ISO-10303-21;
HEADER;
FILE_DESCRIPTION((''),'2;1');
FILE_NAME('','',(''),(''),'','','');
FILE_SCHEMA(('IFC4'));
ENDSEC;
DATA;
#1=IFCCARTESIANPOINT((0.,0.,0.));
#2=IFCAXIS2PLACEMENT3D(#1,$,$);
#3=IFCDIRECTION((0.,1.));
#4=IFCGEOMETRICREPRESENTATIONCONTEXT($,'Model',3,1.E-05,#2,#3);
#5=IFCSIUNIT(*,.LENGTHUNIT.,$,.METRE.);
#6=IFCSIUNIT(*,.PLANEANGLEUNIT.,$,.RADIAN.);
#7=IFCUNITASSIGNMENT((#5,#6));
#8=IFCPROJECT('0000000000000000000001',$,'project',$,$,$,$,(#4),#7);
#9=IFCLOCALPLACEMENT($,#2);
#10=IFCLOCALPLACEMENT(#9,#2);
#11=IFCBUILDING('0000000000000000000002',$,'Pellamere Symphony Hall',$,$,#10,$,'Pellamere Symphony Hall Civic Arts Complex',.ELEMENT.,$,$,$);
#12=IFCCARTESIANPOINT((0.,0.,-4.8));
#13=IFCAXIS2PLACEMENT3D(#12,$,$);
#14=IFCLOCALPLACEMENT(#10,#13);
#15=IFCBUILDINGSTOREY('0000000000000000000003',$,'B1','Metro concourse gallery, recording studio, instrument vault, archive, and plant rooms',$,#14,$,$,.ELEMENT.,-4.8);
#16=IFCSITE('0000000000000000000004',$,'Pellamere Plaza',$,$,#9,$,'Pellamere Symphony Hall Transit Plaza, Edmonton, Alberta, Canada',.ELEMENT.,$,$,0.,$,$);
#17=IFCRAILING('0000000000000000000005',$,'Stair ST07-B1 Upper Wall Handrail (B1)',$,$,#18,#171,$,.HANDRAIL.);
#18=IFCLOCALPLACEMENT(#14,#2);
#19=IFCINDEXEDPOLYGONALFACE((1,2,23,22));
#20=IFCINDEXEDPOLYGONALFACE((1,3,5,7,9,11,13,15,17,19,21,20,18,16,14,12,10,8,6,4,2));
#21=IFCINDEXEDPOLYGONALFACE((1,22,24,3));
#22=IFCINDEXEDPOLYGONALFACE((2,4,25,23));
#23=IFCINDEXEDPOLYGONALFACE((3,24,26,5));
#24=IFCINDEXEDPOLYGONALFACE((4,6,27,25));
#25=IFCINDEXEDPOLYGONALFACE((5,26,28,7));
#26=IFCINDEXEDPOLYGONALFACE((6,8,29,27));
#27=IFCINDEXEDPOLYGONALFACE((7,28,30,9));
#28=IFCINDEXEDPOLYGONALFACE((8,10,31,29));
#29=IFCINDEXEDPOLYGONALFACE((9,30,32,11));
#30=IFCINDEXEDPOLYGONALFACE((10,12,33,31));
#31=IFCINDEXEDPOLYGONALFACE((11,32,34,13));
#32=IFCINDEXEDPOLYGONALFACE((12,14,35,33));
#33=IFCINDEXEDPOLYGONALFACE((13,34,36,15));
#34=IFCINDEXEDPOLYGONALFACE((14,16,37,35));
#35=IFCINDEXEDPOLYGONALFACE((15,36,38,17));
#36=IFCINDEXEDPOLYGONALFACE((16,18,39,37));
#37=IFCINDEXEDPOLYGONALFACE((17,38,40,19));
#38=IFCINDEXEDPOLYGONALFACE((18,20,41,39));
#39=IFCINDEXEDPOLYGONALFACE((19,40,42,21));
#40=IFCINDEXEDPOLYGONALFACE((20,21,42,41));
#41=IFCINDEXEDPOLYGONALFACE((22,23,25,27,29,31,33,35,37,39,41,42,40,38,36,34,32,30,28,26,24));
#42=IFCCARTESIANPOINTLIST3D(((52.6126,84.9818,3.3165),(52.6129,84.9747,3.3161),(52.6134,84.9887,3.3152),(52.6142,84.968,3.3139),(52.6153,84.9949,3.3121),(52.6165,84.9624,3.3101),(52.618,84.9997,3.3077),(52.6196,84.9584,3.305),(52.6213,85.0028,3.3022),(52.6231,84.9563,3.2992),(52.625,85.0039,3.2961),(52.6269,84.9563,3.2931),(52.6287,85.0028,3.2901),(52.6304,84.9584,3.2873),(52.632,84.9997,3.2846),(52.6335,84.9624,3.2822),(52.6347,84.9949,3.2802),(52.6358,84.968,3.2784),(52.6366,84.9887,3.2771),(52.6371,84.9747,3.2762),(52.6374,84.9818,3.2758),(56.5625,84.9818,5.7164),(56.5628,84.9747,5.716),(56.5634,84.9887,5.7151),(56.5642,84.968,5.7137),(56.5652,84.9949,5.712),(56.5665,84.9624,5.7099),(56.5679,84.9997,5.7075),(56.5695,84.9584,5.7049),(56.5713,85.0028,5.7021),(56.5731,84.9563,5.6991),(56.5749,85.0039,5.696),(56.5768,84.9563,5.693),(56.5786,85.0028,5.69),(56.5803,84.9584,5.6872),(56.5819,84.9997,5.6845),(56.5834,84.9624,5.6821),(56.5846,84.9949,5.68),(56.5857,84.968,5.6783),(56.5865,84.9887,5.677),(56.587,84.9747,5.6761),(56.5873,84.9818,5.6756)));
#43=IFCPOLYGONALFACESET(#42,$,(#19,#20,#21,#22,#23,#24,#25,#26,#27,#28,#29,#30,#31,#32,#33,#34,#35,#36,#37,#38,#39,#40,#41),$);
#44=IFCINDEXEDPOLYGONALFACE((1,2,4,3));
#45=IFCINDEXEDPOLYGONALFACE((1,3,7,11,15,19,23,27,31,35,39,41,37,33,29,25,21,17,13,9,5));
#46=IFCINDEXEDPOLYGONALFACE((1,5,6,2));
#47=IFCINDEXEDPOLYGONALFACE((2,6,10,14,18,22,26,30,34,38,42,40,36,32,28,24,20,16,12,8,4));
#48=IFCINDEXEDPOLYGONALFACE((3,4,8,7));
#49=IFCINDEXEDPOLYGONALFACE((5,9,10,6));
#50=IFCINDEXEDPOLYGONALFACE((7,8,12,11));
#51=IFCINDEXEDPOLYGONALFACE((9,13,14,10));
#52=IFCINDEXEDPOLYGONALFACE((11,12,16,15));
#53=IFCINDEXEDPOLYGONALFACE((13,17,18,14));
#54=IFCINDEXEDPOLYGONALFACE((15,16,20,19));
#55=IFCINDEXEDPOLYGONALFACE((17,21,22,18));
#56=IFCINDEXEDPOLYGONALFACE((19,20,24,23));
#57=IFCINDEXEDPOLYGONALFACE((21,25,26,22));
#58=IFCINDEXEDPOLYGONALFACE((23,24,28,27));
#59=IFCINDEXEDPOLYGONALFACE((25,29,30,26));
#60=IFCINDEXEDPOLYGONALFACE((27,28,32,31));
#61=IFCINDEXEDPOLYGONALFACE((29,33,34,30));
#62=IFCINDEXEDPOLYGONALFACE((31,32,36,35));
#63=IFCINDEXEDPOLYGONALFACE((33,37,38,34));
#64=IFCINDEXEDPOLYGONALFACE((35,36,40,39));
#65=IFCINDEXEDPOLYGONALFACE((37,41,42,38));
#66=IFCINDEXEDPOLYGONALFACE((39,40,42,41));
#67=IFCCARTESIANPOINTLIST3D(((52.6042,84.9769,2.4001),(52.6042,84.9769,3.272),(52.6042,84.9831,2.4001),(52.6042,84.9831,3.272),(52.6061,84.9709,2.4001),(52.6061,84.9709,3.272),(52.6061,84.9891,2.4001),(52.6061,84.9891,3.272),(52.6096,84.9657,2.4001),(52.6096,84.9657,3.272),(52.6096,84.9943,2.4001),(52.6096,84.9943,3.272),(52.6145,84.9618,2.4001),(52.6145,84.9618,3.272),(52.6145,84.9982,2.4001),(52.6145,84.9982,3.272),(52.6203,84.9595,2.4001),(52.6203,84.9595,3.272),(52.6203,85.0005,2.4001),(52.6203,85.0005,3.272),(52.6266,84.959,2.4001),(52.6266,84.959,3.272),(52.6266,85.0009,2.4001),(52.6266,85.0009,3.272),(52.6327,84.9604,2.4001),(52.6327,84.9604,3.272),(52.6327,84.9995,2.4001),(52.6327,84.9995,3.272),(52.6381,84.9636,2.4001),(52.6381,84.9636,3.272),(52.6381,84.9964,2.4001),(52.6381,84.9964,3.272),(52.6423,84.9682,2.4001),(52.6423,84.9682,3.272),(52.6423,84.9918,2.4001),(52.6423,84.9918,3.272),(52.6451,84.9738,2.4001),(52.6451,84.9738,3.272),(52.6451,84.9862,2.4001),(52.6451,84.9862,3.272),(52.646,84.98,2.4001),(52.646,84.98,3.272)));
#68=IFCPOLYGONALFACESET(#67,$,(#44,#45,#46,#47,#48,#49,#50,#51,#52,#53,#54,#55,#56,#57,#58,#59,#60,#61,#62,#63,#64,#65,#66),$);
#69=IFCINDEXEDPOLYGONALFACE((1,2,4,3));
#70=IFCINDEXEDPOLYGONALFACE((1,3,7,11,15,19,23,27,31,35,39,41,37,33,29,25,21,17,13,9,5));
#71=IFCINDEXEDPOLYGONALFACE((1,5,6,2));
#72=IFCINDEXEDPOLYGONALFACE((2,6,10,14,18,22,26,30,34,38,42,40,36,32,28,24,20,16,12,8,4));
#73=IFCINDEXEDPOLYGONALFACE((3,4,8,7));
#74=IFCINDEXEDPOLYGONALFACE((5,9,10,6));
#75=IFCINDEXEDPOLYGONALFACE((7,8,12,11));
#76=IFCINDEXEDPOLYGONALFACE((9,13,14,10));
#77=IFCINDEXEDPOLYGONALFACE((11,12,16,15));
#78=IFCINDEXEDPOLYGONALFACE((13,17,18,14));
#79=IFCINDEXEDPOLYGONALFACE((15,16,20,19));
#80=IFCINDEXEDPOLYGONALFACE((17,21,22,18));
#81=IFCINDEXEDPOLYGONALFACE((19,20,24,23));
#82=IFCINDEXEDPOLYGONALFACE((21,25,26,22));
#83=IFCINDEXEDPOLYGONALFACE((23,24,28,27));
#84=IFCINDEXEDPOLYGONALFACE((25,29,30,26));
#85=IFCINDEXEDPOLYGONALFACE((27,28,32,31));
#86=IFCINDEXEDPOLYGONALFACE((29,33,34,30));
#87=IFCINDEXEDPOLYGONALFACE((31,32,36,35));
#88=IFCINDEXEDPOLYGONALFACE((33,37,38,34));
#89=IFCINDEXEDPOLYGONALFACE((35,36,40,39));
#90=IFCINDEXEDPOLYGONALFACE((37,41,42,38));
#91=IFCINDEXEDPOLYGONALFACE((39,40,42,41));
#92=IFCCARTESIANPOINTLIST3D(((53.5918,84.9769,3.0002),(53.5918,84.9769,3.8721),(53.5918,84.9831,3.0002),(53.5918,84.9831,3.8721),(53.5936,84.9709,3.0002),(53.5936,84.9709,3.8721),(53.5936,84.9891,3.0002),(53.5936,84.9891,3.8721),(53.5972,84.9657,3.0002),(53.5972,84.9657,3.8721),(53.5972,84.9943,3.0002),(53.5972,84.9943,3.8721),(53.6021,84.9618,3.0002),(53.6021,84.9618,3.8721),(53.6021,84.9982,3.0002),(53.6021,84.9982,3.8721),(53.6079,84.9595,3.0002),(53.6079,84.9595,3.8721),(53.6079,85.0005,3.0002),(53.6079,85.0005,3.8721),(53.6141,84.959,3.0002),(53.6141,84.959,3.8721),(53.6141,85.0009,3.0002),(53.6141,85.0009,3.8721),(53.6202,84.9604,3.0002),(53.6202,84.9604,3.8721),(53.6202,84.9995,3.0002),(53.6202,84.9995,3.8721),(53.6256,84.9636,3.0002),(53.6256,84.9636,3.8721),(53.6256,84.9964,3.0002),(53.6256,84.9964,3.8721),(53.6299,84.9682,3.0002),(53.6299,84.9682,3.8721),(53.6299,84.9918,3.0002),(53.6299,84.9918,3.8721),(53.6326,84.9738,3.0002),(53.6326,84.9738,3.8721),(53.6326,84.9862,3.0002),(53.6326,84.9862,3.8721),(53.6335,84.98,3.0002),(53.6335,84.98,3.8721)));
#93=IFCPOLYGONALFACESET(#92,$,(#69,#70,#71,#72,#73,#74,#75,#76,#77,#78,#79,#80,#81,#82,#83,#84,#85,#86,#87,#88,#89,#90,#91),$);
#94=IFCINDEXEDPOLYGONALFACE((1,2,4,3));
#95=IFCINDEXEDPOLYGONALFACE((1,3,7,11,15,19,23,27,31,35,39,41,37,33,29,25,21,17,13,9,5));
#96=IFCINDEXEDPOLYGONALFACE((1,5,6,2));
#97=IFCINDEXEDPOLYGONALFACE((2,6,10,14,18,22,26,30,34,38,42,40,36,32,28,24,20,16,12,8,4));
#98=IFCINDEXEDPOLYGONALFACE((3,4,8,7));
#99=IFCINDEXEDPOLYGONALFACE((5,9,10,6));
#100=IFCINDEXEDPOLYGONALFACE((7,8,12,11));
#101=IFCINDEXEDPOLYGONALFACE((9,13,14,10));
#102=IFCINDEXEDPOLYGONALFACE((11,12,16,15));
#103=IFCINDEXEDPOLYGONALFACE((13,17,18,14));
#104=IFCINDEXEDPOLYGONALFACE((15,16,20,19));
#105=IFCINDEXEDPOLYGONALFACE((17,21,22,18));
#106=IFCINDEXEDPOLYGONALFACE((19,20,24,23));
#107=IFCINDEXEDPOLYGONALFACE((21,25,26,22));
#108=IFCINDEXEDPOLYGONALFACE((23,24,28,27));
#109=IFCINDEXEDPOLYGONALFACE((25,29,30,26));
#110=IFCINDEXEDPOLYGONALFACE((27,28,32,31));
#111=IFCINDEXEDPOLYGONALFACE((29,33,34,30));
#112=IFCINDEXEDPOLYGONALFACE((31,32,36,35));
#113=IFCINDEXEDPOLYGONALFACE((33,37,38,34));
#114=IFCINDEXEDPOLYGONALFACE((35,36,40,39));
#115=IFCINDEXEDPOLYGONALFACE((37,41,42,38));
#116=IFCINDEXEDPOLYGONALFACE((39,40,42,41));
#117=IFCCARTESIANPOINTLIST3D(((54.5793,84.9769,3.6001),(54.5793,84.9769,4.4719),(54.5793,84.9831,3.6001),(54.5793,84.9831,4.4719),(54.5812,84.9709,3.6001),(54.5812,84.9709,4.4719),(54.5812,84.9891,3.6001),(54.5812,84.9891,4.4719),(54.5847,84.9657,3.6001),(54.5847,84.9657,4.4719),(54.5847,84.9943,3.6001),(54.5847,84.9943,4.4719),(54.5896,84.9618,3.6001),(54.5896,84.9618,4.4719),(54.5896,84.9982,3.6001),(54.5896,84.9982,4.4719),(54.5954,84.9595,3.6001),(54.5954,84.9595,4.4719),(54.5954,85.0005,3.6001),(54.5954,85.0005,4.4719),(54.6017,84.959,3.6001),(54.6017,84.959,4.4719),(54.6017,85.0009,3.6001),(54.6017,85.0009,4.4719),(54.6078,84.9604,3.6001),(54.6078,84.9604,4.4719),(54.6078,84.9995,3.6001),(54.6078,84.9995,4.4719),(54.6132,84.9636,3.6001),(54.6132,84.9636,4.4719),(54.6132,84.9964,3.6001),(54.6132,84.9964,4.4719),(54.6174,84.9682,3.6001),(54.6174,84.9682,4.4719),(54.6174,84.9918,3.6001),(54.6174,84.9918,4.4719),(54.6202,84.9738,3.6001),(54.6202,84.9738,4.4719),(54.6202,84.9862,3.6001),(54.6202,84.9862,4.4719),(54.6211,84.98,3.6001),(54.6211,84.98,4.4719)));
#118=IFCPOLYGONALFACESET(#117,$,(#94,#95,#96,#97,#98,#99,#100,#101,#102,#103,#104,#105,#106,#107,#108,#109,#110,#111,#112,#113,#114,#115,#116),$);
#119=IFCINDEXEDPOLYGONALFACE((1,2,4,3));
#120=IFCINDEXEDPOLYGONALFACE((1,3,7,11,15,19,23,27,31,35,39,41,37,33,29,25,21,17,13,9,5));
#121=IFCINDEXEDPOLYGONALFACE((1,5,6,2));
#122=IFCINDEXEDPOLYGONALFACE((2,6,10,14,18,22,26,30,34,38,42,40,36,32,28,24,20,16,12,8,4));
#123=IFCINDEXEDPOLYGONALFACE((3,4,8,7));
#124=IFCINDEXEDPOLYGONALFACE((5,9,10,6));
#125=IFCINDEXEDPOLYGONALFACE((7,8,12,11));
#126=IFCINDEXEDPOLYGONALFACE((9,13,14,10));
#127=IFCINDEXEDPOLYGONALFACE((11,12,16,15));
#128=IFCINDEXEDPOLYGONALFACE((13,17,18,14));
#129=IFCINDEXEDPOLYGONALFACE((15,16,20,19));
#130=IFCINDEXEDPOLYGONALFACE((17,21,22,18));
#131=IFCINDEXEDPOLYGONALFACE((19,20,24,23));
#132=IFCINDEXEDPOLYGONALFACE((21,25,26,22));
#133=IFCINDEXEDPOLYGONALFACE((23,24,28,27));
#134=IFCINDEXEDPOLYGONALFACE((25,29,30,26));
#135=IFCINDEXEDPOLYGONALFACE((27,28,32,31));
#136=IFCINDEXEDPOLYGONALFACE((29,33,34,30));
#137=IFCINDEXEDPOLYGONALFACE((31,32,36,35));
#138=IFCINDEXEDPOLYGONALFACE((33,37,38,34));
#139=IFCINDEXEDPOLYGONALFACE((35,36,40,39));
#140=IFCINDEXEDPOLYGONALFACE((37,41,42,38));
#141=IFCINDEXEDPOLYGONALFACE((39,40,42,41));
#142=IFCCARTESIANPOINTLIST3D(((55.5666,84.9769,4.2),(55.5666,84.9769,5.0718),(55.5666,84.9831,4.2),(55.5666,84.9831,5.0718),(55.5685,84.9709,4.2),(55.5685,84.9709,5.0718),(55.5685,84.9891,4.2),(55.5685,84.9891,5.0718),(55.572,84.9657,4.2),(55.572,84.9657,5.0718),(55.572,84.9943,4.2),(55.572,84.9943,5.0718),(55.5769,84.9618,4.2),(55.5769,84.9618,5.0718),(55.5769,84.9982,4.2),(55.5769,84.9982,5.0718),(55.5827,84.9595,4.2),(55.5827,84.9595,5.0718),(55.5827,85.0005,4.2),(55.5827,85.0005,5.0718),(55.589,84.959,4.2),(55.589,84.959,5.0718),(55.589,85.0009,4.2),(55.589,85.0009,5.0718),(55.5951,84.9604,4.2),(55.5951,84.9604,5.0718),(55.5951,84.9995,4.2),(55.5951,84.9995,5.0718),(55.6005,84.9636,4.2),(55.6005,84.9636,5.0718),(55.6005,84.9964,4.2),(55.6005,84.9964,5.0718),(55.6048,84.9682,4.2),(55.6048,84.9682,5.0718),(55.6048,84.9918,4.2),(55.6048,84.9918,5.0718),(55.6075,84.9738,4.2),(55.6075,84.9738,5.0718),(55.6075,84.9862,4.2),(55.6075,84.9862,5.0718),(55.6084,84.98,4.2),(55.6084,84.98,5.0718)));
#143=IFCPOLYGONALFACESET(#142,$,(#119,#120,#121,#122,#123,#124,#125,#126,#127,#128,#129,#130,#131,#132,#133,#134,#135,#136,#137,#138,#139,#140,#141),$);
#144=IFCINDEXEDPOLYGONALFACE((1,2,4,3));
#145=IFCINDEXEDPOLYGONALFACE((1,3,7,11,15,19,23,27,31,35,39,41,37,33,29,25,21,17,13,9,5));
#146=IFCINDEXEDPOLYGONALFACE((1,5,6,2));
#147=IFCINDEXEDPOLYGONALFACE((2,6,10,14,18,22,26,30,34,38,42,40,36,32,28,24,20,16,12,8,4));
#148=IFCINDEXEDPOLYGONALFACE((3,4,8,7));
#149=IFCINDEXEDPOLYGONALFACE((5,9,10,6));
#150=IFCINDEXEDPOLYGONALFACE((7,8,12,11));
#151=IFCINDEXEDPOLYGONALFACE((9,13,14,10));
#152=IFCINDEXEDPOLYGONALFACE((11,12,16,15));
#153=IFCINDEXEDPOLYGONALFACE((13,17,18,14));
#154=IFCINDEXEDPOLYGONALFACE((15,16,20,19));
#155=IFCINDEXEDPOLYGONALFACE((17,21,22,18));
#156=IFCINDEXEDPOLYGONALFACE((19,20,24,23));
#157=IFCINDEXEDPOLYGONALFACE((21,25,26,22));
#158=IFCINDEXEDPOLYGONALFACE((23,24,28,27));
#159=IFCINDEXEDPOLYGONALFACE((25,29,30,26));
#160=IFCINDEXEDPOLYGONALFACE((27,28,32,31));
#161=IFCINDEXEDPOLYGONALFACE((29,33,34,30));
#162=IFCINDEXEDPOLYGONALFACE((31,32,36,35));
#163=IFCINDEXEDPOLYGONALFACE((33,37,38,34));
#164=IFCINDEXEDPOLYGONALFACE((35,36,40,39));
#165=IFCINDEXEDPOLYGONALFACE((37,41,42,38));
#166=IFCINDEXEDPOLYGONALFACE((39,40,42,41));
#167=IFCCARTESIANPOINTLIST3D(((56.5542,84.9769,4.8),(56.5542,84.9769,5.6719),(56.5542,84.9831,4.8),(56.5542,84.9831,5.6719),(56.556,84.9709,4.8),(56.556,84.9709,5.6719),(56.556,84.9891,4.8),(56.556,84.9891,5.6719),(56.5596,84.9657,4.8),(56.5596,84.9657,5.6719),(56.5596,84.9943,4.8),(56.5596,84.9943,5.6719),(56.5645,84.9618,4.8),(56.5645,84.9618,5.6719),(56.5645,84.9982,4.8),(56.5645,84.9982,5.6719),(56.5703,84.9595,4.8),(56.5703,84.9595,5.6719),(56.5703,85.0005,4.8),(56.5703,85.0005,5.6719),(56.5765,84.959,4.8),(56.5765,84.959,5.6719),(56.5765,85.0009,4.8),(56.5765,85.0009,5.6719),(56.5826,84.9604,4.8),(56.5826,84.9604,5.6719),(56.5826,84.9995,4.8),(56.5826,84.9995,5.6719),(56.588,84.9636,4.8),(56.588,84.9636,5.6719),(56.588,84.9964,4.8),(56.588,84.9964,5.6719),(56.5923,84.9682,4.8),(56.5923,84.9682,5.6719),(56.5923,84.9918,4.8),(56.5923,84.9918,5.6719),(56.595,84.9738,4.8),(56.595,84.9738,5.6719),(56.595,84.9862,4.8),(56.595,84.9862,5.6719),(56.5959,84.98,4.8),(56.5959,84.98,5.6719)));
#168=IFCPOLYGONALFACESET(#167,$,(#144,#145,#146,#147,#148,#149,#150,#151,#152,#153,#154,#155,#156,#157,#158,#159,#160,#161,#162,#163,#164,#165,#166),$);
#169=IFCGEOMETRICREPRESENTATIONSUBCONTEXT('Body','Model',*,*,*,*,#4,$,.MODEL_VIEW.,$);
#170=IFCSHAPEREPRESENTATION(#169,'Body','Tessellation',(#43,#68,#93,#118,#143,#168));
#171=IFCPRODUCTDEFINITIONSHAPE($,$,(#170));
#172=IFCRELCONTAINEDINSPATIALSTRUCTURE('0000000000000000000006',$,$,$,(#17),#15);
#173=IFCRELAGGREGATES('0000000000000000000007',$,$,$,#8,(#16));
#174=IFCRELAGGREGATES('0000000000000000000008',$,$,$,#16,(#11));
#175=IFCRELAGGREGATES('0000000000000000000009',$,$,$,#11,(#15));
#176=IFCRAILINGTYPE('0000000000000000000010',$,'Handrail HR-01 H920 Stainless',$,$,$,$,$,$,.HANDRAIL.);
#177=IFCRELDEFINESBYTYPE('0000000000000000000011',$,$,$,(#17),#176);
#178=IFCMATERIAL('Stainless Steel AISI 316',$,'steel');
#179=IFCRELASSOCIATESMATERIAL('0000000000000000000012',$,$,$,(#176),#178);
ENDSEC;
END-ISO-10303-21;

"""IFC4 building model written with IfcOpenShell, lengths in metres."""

from ifc_helpers import new_model, si_unit, direction, frame, origin, origin_2d, place, context, subcontext, project, spatial, circle, extrude, material, type_object, element, save


model = new_model("IFC4")

# Units and contexts
model_context = context("Model", 3, precision=1e-05, world=origin(), true_north=direction((0.0, 1.0)))
body_context = subcontext(model_context, "Body", "Model", "MODEL_VIEW")
ifc_project = project(units=[si_unit("LENGTHUNIT", "METRE"), si_unit("PLANEANGLEUNIT", "RADIAN")], contexts=[model_context])

# Site, building, storey
site_placement = place(None, origin())
site = spatial("IfcSite", under=ifc_project, at=site_placement, Name="Pellamere Plaza", LongName="Pellamere Symphony Hall Transit Plaza, Edmonton, Alberta, Canada", CompositionType="ELEMENT", RefElevation=0.0)
building_placement = place(site_placement, origin())
building = spatial("IfcBuilding", under=site, at=building_placement, Name="Pellamere Symphony Hall", LongName="Pellamere Symphony Hall Civic Arts Complex", CompositionType="ELEMENT")
storey_placement = place(building_placement, frame((0.0, 0.0, -4.8)))
storey = spatial("IfcBuildingStorey", under=building, at=storey_placement, Name="B1", Description="Metro concourse gallery, recording studio, instrument vault, archive, and plant rooms", CompositionType="ELEMENT", Elevation=-4.8)

# Railing
ifc_material_1 = material(Name="Stainless Steel AISI 316", Category="steel")
railing_type_1 = type_object("IfcRailingType", Name="Handrail HR-01 H920 Stainless", PredefinedType="HANDRAIL", material=ifc_material_1)
railing_1_placement = place(storey_placement, frame((52.625, 84.98, 2.4001)))
element("IfcRailing", 1, at=railing_1_placement, inside=storey, type_object=railing_type_1, Name="Stair ST07-B1 Upper Wall Handrail (B1)", PredefinedType="HANDRAIL", context=body_context, shape_type="SweptSolid", body=[
    extrude(circle(Radius=0.0239, at=origin_2d()), frame((0.0, 0.0, 0.896), z_axis=(0.854623, 0.0, 0.51925), x_axis=(0.0, 1.0, 0.0)), (0.0, 0.0, 1.0), 4.6218),
    extrude(circle(Radius=0.021, at=origin_2d()), origin(), (0.0, 0.0, 1.0), 0.8718),
    extrude(circle(Radius=0.021, at=origin_2d()), frame((0.9875, 0.0, 0.6001)), (0.0, 0.0, 1.0), 0.8718),
    extrude(circle(Radius=0.021, at=origin_2d()), frame((1.9751, 0.0, 1.2)), (0.0, 0.0, 1.0), 0.8718),
    extrude(circle(Radius=0.021, at=origin_2d()), frame((2.9624, 0.0, 1.7998)), (0.0, 0.0, 1.0), 0.8718),
    extrude(circle(Radius=0.021, at=origin_2d()), frame((3.95, 0.0, 2.3999)), (0.0, 0.0, 1.0), 0.8718),
])

save(model, "model.ifc")
